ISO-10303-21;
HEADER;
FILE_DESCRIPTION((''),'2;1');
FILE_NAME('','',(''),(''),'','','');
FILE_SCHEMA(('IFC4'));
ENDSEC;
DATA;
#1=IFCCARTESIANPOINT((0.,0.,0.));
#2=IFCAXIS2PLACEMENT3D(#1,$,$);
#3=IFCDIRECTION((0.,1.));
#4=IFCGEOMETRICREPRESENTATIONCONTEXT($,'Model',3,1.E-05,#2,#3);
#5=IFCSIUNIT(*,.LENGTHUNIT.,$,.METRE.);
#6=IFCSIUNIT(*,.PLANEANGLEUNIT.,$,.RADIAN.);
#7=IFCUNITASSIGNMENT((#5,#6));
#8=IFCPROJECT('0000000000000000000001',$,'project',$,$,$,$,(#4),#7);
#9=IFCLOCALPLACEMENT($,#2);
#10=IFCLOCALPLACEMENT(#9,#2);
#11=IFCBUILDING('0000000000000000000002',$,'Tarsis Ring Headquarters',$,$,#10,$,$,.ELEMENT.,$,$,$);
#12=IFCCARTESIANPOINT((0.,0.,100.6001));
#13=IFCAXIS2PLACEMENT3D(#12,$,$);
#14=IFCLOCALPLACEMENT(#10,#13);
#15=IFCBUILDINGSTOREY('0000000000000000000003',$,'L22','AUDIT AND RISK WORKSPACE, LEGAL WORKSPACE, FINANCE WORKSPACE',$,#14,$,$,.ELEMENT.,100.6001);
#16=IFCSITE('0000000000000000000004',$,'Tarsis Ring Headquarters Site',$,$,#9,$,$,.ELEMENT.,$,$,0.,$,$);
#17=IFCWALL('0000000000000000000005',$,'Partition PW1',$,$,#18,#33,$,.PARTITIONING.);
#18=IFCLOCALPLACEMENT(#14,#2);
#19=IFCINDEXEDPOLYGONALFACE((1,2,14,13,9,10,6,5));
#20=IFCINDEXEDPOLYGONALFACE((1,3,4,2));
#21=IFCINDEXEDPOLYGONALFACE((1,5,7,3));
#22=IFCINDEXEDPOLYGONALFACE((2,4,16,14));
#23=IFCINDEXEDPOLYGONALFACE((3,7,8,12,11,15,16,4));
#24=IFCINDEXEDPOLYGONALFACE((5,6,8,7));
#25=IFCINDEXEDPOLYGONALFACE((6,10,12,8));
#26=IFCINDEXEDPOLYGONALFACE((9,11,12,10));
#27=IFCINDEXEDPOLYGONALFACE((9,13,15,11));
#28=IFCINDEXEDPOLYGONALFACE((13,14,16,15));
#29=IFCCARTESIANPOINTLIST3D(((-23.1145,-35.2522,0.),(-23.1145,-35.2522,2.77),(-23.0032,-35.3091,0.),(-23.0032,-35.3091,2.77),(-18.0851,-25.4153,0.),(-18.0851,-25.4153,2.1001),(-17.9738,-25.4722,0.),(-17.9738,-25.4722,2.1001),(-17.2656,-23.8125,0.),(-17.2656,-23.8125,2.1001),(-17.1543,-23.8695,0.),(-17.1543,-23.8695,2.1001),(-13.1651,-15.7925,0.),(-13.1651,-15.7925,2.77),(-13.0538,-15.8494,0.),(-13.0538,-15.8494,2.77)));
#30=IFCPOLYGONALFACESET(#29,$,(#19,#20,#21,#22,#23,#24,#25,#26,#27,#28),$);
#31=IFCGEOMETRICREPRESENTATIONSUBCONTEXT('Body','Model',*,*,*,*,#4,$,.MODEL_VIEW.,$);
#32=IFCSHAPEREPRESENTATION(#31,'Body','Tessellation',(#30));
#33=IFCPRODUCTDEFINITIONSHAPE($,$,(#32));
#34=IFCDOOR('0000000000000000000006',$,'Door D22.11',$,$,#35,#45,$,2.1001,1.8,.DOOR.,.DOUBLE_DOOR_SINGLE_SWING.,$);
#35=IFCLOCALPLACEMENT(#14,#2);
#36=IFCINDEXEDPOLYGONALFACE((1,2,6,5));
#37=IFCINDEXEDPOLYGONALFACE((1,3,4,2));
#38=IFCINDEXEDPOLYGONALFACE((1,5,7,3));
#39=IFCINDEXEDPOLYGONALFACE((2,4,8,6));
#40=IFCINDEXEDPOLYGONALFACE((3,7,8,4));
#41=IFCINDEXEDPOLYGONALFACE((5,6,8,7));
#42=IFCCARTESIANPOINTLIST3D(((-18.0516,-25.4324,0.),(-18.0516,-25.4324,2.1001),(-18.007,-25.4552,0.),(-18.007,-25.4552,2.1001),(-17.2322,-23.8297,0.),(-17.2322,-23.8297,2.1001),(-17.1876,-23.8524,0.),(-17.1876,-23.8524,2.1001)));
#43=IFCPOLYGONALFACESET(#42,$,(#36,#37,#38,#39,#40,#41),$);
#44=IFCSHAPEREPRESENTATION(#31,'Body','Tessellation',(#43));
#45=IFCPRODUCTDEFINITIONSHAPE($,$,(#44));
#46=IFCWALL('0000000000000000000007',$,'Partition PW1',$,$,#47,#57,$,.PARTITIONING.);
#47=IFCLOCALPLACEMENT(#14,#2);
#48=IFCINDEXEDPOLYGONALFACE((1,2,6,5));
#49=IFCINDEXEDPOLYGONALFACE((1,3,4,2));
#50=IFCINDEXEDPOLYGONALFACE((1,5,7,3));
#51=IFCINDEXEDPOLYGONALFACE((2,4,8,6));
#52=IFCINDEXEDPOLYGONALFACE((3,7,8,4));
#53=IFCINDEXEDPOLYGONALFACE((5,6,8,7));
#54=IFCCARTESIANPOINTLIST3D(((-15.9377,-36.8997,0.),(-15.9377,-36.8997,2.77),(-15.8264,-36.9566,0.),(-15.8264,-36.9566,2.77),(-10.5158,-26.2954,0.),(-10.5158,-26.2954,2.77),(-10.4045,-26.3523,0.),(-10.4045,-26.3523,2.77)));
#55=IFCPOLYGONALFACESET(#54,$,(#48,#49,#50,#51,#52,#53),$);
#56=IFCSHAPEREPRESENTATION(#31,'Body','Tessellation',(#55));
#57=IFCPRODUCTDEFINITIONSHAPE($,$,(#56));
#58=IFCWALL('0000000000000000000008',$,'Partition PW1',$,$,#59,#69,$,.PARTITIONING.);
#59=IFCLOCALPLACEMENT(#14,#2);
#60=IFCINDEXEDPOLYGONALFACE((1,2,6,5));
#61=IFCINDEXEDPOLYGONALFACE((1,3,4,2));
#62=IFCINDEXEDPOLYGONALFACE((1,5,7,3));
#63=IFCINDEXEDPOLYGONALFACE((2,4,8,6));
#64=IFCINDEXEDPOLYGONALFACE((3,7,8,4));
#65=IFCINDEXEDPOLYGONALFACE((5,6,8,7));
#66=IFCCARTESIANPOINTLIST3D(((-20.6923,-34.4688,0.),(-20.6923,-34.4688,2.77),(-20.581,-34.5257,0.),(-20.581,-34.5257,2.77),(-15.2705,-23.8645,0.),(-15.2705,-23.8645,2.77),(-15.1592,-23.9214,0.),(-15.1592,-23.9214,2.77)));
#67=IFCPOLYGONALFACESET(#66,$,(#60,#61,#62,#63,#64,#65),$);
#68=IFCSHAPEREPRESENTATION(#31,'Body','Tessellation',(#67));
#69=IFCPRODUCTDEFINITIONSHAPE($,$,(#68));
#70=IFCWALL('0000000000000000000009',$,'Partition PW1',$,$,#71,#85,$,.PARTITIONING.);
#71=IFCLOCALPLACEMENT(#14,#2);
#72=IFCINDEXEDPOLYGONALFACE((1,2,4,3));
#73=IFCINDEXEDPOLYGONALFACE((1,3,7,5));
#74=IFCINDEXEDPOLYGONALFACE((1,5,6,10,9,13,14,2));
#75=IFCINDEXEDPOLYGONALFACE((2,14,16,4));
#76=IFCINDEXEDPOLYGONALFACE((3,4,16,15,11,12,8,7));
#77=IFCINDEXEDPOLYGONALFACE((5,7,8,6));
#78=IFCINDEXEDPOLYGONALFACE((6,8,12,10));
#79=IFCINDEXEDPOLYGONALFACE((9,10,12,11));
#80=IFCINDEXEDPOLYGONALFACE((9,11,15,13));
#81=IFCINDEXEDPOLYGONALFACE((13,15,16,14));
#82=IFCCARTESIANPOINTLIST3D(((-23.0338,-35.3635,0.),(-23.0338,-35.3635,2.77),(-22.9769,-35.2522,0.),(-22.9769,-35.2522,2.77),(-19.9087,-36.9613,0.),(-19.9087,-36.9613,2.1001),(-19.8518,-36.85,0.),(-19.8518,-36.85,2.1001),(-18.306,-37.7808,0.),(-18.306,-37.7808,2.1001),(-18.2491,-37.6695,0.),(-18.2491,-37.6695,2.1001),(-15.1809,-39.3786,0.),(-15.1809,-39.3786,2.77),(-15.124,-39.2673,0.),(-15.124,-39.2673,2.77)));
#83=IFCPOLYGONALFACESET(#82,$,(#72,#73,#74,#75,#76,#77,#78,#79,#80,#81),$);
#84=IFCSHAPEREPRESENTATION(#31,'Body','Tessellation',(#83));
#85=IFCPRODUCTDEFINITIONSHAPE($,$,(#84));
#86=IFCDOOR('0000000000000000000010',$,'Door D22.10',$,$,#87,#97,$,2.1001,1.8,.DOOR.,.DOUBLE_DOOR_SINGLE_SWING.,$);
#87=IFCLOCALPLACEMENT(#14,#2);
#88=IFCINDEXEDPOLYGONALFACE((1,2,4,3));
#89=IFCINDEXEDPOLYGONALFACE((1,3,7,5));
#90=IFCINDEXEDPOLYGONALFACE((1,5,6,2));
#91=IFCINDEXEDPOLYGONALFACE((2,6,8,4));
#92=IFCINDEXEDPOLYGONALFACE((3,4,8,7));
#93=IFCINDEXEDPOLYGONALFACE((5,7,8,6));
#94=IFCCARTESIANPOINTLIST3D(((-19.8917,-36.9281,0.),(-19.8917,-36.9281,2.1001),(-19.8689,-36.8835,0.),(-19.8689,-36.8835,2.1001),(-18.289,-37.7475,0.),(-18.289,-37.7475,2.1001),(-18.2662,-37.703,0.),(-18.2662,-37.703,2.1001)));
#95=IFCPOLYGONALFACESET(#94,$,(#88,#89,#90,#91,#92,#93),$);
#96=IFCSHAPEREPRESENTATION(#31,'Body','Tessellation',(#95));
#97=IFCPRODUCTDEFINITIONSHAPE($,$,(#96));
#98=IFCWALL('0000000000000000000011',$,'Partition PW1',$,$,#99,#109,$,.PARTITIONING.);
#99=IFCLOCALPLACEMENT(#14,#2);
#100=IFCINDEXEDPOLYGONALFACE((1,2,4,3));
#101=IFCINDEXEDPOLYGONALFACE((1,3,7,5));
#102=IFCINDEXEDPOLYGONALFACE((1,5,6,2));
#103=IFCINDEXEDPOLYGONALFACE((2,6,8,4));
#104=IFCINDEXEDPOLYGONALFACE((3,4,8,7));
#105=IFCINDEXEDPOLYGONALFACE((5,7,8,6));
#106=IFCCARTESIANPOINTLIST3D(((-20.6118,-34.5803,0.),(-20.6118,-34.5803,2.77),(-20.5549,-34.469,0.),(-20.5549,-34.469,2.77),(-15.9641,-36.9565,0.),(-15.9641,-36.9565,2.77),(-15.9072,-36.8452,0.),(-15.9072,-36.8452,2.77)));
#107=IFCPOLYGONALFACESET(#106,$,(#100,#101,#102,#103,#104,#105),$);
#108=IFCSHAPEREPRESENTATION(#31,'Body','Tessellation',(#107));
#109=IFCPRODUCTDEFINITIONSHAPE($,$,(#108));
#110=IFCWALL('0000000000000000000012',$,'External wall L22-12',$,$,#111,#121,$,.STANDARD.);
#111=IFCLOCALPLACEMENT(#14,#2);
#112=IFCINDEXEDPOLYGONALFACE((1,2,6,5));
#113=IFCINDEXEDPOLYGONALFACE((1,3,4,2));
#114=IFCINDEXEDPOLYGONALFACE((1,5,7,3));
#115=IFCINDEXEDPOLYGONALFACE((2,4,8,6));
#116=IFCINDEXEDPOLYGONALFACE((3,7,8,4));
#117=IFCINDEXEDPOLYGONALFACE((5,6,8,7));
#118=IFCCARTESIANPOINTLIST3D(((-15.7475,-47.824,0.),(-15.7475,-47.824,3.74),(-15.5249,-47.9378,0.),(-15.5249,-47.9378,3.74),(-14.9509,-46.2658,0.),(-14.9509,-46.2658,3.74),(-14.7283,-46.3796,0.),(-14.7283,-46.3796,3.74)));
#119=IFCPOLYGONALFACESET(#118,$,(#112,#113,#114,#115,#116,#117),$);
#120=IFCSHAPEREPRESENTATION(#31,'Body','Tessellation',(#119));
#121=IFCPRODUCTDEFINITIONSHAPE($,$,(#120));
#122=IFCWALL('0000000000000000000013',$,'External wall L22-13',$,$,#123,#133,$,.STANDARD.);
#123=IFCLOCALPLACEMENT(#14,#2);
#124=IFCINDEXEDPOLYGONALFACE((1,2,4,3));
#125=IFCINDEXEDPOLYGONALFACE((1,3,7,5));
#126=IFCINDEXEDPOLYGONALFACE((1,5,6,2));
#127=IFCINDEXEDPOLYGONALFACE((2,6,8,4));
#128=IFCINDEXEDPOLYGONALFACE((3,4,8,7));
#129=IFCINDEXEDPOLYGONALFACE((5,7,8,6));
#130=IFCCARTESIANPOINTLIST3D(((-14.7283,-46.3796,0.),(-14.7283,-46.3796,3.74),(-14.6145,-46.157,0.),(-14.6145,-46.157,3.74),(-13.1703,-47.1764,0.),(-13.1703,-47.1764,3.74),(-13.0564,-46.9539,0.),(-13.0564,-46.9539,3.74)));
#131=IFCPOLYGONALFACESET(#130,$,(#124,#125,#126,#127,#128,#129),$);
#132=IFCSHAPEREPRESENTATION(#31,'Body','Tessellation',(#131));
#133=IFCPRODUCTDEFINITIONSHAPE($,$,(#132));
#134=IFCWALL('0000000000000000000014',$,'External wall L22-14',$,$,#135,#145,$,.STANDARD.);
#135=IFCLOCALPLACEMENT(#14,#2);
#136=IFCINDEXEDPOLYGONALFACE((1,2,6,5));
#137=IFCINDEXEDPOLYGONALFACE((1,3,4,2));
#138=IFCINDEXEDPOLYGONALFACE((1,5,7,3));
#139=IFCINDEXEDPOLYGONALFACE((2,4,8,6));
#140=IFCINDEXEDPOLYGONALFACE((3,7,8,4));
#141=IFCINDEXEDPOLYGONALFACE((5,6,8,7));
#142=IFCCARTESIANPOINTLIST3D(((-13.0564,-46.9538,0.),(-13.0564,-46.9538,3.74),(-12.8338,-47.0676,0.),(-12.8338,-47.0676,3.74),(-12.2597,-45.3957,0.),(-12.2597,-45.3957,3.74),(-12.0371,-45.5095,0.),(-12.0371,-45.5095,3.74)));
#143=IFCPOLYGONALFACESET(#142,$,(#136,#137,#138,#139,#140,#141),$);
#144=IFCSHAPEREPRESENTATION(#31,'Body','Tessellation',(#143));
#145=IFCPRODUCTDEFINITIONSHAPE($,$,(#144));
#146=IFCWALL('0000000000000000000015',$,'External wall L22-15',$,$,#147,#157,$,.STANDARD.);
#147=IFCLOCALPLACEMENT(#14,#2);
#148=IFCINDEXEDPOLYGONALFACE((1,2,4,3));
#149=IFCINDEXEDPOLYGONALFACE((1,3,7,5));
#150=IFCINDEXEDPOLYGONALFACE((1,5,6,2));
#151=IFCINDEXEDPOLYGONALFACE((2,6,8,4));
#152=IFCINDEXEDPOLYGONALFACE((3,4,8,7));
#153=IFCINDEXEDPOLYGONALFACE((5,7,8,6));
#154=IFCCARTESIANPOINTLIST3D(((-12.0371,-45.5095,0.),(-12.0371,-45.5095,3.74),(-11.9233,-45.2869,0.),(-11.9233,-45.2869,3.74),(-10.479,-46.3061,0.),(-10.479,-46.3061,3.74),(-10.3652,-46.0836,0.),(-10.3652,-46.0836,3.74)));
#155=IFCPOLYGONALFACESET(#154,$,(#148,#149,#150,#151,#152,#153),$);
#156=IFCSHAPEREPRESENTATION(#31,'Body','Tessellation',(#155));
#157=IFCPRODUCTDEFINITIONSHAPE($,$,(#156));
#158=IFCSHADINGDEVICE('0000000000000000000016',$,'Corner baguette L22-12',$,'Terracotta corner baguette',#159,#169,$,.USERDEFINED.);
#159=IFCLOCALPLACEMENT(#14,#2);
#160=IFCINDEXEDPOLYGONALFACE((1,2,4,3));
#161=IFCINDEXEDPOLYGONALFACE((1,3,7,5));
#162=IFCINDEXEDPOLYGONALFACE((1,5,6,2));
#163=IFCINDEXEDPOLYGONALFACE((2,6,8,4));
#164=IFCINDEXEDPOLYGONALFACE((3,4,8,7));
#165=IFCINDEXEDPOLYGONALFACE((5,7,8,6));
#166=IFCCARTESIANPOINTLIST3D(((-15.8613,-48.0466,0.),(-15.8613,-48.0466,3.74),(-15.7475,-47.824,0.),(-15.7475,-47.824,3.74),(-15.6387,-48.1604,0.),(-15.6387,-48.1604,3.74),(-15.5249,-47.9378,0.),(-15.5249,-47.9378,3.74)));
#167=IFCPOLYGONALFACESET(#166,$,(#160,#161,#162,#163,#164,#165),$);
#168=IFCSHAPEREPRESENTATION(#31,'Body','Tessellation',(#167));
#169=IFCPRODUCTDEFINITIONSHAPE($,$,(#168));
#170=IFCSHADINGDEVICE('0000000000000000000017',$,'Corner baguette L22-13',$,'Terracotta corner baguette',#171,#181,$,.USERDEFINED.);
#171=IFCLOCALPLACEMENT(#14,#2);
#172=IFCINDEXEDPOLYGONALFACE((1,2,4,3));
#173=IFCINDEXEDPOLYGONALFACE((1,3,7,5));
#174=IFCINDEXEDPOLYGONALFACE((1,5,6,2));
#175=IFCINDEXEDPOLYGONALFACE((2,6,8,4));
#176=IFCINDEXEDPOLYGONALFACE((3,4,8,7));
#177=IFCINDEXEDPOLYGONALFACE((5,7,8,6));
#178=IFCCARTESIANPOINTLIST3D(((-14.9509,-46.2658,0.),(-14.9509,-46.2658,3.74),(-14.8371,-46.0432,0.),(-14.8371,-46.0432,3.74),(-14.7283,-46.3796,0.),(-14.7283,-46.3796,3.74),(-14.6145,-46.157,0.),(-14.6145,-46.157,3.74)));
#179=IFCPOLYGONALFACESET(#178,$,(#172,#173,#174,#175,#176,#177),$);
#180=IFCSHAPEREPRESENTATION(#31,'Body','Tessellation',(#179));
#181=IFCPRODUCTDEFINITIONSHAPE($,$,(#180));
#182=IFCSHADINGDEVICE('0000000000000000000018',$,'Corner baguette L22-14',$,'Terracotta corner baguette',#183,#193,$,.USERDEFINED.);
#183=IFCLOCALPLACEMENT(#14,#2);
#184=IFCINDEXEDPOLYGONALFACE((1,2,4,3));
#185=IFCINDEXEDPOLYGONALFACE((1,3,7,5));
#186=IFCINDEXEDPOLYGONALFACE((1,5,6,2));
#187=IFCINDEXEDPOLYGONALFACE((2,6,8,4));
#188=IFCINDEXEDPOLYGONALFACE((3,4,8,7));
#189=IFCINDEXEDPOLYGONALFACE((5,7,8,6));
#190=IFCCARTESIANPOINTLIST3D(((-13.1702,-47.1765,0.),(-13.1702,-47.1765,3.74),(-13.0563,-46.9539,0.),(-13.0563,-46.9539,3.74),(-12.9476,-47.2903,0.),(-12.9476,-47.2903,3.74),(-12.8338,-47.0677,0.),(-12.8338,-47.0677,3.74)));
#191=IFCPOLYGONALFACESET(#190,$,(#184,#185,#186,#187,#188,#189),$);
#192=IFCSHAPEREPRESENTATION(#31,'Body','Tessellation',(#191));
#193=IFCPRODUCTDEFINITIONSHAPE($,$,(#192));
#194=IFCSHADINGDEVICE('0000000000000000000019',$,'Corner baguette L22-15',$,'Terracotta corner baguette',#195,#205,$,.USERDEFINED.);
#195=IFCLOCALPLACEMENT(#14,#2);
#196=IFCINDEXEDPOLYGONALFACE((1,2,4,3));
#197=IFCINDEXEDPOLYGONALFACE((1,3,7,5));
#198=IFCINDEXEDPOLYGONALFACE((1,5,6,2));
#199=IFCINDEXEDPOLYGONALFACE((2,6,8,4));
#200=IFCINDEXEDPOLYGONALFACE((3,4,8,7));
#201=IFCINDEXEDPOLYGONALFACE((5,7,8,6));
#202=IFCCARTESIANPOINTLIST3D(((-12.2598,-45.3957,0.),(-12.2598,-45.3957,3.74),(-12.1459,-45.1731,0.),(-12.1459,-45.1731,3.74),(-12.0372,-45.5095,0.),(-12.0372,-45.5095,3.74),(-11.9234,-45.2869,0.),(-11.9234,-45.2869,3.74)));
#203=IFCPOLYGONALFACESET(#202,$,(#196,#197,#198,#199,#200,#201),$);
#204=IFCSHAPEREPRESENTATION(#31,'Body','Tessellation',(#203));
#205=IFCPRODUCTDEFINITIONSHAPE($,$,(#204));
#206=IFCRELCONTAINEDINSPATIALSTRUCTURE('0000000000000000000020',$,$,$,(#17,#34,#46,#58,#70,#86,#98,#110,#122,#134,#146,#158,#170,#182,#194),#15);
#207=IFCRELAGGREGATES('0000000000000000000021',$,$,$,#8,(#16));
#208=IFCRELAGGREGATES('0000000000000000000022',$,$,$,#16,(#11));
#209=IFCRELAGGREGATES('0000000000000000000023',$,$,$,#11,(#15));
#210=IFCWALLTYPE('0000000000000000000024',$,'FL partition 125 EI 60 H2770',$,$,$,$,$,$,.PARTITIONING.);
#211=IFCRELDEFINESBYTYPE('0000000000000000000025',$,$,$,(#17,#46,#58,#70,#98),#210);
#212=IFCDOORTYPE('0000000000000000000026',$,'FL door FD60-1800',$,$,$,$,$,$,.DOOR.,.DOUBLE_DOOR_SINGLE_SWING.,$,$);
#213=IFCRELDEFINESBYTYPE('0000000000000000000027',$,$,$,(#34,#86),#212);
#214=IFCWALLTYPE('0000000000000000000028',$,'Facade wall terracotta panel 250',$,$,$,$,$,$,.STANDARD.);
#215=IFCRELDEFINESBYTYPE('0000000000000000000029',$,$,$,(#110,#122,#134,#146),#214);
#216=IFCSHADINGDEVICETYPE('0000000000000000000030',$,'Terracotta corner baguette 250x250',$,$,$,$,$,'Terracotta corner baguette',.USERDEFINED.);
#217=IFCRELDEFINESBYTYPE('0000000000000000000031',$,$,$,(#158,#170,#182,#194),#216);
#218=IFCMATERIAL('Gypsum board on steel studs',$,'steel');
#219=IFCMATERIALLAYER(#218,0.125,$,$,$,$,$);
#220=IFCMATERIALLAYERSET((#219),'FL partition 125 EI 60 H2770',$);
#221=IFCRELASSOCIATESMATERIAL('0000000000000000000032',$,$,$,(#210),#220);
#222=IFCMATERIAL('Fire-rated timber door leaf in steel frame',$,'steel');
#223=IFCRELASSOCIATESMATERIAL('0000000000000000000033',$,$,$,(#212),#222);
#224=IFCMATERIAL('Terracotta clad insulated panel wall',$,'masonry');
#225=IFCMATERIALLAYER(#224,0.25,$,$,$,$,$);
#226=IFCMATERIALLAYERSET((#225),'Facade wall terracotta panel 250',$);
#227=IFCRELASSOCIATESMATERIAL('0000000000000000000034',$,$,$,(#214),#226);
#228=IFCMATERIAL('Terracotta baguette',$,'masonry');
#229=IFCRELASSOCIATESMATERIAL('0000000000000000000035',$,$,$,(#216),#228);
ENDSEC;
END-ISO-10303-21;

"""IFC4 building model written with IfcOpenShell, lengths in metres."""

from ifc_helpers import new_model, si_unit, direction, frame, frame_2d, origin, origin_2d, place, context, subcontext, project, spatial, rectangle, extrude, material, layer, layer_set, type_object, element, fill, save


model = new_model("IFC4")

# Units and contexts
model_context = context("Model", 3, precision=1e-05, world=origin(), true_north=direction((0.0, 1.0)))
body_context = subcontext(model_context, "Body", "Model", "MODEL_VIEW")
ifc_project = project(units=[si_unit("LENGTHUNIT", "METRE"), si_unit("PLANEANGLEUNIT", "RADIAN")], contexts=[model_context])

# Site, building, storey
site_placement = place(None, origin())
site = spatial("IfcSite", under=ifc_project, at=site_placement, Name="Tarsis Ring Headquarters Site", CompositionType="ELEMENT", RefElevation=0.0)
building_placement = place(site_placement, origin())
building = spatial("IfcBuilding", under=site, at=building_placement, Name="Tarsis Ring Headquarters", CompositionType="ELEMENT")
storey_placement = place(building_placement, frame((0.0, 0.0, 100.6001)))
storey = spatial("IfcBuildingStorey", under=building, at=storey_placement, Name="L22", Description="AUDIT AND RISK WORKSPACE, LEGAL WORKSPACE, FINANCE WORKSPACE", CompositionType="ELEMENT", Elevation=100.6001)

# Shared definitions
ifc_material_1 = material(Name="Gypsum board on steel studs", Category="steel")

# Shared definitions
ifc_layer_1 = layer(ifc_material_1, 0.125)
ifc_layer_set_1 = layer_set([ifc_layer_1], Name="FL partition 125 EI 60 H2770")
wall_type_1 = type_object("IfcWallType", Name="FL partition 125 EI 60 H2770", PredefinedType="PARTITIONING", material=ifc_layer_set_1)
ifc_material_2 = material(Name="Fire-rated timber door leaf in steel frame", Category="steel")
door_type_1 = type_object("IfcDoorType", Name="FL door FD60-1800", OperationType="DOUBLE_DOOR_SINGLE_SWING", PredefinedType="DOOR", material=ifc_material_2)

# Wall, opening, door
wall_1_placement = place(storey_placement, frame((-23.0588, -35.2805, 0.0), z_axis=(0.0, 0.0, 1.0), x_axis=(0.455234, 0.890372, 0.0)))
wall_1 = element("IfcWall", 1, at=wall_1_placement, inside=storey, type_object=wall_type_1, Name="Partition PW1", PredefinedType="PARTITIONING", context=body_context, shape_type="SweptSolid", body=[
    extrude(rectangle(XDim=21.8557, YDim=0.125, at=frame_2d((10.9277, 0.0))), origin(), (0.0, 0.0, 1.0), 2.77),
])
opening_1_placement = place(wall_1_placement, frame((11.0481, 0.0, 0.0)))
opening_1 = element("IfcOpeningElement", 2, at=opening_1_placement, cuts=wall_1, PredefinedType="OPENING", context=body_context, shape_type="SweptSolid", body=[
    extrude(rectangle(XDim=1.8, YDim=2.1001, at=frame_2d((0.8999, 1.05))), frame((0.0, 0.0725, 0.0), z_axis=(0.0, -1.0, 0.0), x_axis=(1.0, 0.0, 0.0)), (0.0, 0.0, 1.0), 0.145),
])
door_1_placement = place(opening_1_placement, origin())
door_1 = element("IfcDoor", 3, at=door_1_placement, inside=storey, type_object=door_type_1, Name="Door D22.11", OperationType="DOUBLE_DOOR_SINGLE_SWING", OverallHeight=2.1001, OverallWidth=1.8, PredefinedType="DOOR", context=body_context, shape_type="SweptSolid", body=[
    extrude(rectangle(XDim=1.8, YDim=2.1001, at=frame_2d((0.8999, 1.05))), frame((0.0, 0.0249, 0.0), z_axis=(0.0, -1.0, 0.0), x_axis=(1.0, 0.0, 0.0)), (0.0, 0.0, 1.0), 0.05),
])
fill(opening_1, door_1)

# Walls
for number, where, z_axis, x_axis, name in (
    (4, (-15.8821, -36.9282, 0.0), (0.0, 0.0, 1.0), (0.455239, 0.890369, 0.0), "Partition PW1"),
    (5, (-20.6367, -34.4973, 0.0), (0.0, 0.0, 1.0), (0.455239, 0.890369, 0.0), "Partition PW1"),
):
    element("IfcWall", number, at=place(storey_placement, frame(where, z_axis=z_axis, x_axis=x_axis)), inside=storey, type_object=wall_type_1, Name=name, PredefinedType="PARTITIONING", context=body_context, shape_type="SweptSolid", body=[
        extrude(rectangle(XDim=11.9099, YDim=0.125, at=frame_2d((5.9551, 0.0))), origin(), (0.0, 0.0, 1.0), 2.77),
    ])

# Wall, opening, door
wall_2_placement = place(storey_placement, frame((-23.0054, -35.3079, 0.0), z_axis=(0.0, 0.0, 1.0), x_axis=(0.890372, -0.455234, 0.0)))
wall_2 = element("IfcWall", 6, at=wall_2_placement, inside=storey, type_object=wall_type_1, Name="Partition PW1", PredefinedType="PARTITIONING", context=body_context, shape_type="SweptSolid", body=[
    extrude(rectangle(XDim=8.8198, YDim=0.125, at=frame_2d((4.4099, 0.0))), origin(), (0.0, 0.0, 1.0), 2.77),
])
opening_2_placement = place(wall_2_placement, frame((3.51, 0.0, 0.0)))
opening_2 = element("IfcOpeningElement", 7, at=opening_2_placement, cuts=wall_2, PredefinedType="OPENING", context=body_context, shape_type="SweptSolid", body=[
    extrude(rectangle(XDim=1.8, YDim=2.1001, at=frame_2d((0.8999, 1.05))), frame((0.0, 0.0725, 0.0), z_axis=(0.0, -1.0, 0.0), x_axis=(1.0, 0.0, 0.0)), (0.0, 0.0, 1.0), 0.145),
])
door_2_placement = place(opening_2_placement, origin())
door_2 = element("IfcDoor", 8, at=door_2_placement, inside=storey, type_object=door_type_1, Name="Door D22.10", OperationType="DOUBLE_DOOR_SINGLE_SWING", OverallHeight=2.1001, OverallWidth=1.8, PredefinedType="DOOR", context=body_context, shape_type="SweptSolid", body=[
    extrude(rectangle(XDim=1.8, YDim=2.1001, at=frame_2d((0.8999, 1.05))), frame((0.0, 0.0249, 0.0), z_axis=(0.0, -1.0, 0.0), x_axis=(1.0, 0.0, 0.0)), (0.0, 0.0, 1.0), 0.05),
])
fill(opening_2, door_2)

# Walls
wall_3_placement = place(storey_placement, frame((-20.5833, -34.5247, 0.0), z_axis=(0.0, 0.0, 1.0), x_axis=(0.890378, -0.455221, 0.0)))
element("IfcWall", 9, at=wall_3_placement, inside=storey, type_object=wall_type_1, Name="Partition PW1", PredefinedType="PARTITIONING", context=body_context, shape_type="SweptSolid", body=[
    extrude(rectangle(XDim=5.22, YDim=0.125, at=frame_2d((2.6099, 0.0))), origin(), (0.0, 0.0, 1.0), 2.77),
])
ifc_material_3 = material(Name="Terracotta clad insulated panel wall", Category="masonry")
ifc_layer_2 = layer(ifc_material_3, 0.25)
ifc_layer_set_2 = layer_set([ifc_layer_2], Name="Facade wall terracotta panel 250")
wall_type_2 = type_object("IfcWallType", Name="Facade wall terracotta panel 250", PredefinedType="STANDARD", material=ifc_layer_set_2)
for number, where, z_axis, x_axis, name in (
    (10, (-15.6362, -47.8809, 0.0), (0.0, 0.0, 1.0), (0.455232, 0.890373, 0.0), "External wall L22-12"),
    (11, (-14.6714, -46.2683, 0.0), (0.0, 0.0, 1.0), (0.890317, -0.455342, 0.0), "External wall L22-13"),
    (12, (-12.9451, -47.0107, 0.0), (0.0, 0.0, 1.0), (0.455232, 0.890373, 0.0), "External wall L22-14"),
    (13, (-11.9802, -45.3982, 0.0), (0.0, 0.0, 1.0), (0.890373, -0.455232, 0.0), "External wall L22-15"),
):
    element("IfcWall", number, at=place(storey_placement, frame(where, z_axis=z_axis, x_axis=x_axis)), inside=storey, type_object=wall_type_2, Name=name, PredefinedType="STANDARD", context=body_context, shape_type="SweptSolid", body=[
        extrude(rectangle(XDim=1.75, YDim=0.25, at=frame_2d((0.875, 0.0))), origin(), (0.0, 0.0, 1.0), 3.74),
    ])

# Shading devices
ifc_material_4 = material(Name="Terracotta baguette", Category="masonry")
shading_device_type_1 = type_object("IfcShadingDeviceType", Name="Terracotta corner baguette 250x250", ElementType="Terracotta corner baguette", PredefinedType="USERDEFINED", material=ifc_material_4)
for number, where, z_axis, x_axis, name in (
    (14, (-15.6931, -47.9922, 0.0), (0.0, 0.0, 1.0), (0.890372, -0.455234, 0.0), "Corner baguette L22-12"),
    (15, (-14.7827, -46.2114, 0.0), (0.0, 0.0, 1.0), (0.455234, 0.890372, 0.0), "Corner baguette L22-13"),
    (16, (-13.002, -47.1221, 0.0), (0.0, 0.0, 1.0), (0.890372, -0.455234, 0.0), "Corner baguette L22-14"),
    (17, (-12.0916, -45.3413, 0.0), (0.0, 0.0, 1.0), (0.455234, 0.890372, 0.0), "Corner baguette L22-15"),
):
    element("IfcShadingDevice", number, at=place(storey_placement, frame(where, z_axis=z_axis, x_axis=x_axis)), inside=storey, type_object=shading_device_type_1, Name=name, ObjectType="Terracotta corner baguette", PredefinedType="USERDEFINED", context=body_context, shape_type="SweptSolid", body=[
        extrude(rectangle(XDim=0.25, YDim=0.25, at=origin_2d()), origin(), (0.0, 0.0, 1.0), 3.74),
    ])

save(model, "model.ifc")
